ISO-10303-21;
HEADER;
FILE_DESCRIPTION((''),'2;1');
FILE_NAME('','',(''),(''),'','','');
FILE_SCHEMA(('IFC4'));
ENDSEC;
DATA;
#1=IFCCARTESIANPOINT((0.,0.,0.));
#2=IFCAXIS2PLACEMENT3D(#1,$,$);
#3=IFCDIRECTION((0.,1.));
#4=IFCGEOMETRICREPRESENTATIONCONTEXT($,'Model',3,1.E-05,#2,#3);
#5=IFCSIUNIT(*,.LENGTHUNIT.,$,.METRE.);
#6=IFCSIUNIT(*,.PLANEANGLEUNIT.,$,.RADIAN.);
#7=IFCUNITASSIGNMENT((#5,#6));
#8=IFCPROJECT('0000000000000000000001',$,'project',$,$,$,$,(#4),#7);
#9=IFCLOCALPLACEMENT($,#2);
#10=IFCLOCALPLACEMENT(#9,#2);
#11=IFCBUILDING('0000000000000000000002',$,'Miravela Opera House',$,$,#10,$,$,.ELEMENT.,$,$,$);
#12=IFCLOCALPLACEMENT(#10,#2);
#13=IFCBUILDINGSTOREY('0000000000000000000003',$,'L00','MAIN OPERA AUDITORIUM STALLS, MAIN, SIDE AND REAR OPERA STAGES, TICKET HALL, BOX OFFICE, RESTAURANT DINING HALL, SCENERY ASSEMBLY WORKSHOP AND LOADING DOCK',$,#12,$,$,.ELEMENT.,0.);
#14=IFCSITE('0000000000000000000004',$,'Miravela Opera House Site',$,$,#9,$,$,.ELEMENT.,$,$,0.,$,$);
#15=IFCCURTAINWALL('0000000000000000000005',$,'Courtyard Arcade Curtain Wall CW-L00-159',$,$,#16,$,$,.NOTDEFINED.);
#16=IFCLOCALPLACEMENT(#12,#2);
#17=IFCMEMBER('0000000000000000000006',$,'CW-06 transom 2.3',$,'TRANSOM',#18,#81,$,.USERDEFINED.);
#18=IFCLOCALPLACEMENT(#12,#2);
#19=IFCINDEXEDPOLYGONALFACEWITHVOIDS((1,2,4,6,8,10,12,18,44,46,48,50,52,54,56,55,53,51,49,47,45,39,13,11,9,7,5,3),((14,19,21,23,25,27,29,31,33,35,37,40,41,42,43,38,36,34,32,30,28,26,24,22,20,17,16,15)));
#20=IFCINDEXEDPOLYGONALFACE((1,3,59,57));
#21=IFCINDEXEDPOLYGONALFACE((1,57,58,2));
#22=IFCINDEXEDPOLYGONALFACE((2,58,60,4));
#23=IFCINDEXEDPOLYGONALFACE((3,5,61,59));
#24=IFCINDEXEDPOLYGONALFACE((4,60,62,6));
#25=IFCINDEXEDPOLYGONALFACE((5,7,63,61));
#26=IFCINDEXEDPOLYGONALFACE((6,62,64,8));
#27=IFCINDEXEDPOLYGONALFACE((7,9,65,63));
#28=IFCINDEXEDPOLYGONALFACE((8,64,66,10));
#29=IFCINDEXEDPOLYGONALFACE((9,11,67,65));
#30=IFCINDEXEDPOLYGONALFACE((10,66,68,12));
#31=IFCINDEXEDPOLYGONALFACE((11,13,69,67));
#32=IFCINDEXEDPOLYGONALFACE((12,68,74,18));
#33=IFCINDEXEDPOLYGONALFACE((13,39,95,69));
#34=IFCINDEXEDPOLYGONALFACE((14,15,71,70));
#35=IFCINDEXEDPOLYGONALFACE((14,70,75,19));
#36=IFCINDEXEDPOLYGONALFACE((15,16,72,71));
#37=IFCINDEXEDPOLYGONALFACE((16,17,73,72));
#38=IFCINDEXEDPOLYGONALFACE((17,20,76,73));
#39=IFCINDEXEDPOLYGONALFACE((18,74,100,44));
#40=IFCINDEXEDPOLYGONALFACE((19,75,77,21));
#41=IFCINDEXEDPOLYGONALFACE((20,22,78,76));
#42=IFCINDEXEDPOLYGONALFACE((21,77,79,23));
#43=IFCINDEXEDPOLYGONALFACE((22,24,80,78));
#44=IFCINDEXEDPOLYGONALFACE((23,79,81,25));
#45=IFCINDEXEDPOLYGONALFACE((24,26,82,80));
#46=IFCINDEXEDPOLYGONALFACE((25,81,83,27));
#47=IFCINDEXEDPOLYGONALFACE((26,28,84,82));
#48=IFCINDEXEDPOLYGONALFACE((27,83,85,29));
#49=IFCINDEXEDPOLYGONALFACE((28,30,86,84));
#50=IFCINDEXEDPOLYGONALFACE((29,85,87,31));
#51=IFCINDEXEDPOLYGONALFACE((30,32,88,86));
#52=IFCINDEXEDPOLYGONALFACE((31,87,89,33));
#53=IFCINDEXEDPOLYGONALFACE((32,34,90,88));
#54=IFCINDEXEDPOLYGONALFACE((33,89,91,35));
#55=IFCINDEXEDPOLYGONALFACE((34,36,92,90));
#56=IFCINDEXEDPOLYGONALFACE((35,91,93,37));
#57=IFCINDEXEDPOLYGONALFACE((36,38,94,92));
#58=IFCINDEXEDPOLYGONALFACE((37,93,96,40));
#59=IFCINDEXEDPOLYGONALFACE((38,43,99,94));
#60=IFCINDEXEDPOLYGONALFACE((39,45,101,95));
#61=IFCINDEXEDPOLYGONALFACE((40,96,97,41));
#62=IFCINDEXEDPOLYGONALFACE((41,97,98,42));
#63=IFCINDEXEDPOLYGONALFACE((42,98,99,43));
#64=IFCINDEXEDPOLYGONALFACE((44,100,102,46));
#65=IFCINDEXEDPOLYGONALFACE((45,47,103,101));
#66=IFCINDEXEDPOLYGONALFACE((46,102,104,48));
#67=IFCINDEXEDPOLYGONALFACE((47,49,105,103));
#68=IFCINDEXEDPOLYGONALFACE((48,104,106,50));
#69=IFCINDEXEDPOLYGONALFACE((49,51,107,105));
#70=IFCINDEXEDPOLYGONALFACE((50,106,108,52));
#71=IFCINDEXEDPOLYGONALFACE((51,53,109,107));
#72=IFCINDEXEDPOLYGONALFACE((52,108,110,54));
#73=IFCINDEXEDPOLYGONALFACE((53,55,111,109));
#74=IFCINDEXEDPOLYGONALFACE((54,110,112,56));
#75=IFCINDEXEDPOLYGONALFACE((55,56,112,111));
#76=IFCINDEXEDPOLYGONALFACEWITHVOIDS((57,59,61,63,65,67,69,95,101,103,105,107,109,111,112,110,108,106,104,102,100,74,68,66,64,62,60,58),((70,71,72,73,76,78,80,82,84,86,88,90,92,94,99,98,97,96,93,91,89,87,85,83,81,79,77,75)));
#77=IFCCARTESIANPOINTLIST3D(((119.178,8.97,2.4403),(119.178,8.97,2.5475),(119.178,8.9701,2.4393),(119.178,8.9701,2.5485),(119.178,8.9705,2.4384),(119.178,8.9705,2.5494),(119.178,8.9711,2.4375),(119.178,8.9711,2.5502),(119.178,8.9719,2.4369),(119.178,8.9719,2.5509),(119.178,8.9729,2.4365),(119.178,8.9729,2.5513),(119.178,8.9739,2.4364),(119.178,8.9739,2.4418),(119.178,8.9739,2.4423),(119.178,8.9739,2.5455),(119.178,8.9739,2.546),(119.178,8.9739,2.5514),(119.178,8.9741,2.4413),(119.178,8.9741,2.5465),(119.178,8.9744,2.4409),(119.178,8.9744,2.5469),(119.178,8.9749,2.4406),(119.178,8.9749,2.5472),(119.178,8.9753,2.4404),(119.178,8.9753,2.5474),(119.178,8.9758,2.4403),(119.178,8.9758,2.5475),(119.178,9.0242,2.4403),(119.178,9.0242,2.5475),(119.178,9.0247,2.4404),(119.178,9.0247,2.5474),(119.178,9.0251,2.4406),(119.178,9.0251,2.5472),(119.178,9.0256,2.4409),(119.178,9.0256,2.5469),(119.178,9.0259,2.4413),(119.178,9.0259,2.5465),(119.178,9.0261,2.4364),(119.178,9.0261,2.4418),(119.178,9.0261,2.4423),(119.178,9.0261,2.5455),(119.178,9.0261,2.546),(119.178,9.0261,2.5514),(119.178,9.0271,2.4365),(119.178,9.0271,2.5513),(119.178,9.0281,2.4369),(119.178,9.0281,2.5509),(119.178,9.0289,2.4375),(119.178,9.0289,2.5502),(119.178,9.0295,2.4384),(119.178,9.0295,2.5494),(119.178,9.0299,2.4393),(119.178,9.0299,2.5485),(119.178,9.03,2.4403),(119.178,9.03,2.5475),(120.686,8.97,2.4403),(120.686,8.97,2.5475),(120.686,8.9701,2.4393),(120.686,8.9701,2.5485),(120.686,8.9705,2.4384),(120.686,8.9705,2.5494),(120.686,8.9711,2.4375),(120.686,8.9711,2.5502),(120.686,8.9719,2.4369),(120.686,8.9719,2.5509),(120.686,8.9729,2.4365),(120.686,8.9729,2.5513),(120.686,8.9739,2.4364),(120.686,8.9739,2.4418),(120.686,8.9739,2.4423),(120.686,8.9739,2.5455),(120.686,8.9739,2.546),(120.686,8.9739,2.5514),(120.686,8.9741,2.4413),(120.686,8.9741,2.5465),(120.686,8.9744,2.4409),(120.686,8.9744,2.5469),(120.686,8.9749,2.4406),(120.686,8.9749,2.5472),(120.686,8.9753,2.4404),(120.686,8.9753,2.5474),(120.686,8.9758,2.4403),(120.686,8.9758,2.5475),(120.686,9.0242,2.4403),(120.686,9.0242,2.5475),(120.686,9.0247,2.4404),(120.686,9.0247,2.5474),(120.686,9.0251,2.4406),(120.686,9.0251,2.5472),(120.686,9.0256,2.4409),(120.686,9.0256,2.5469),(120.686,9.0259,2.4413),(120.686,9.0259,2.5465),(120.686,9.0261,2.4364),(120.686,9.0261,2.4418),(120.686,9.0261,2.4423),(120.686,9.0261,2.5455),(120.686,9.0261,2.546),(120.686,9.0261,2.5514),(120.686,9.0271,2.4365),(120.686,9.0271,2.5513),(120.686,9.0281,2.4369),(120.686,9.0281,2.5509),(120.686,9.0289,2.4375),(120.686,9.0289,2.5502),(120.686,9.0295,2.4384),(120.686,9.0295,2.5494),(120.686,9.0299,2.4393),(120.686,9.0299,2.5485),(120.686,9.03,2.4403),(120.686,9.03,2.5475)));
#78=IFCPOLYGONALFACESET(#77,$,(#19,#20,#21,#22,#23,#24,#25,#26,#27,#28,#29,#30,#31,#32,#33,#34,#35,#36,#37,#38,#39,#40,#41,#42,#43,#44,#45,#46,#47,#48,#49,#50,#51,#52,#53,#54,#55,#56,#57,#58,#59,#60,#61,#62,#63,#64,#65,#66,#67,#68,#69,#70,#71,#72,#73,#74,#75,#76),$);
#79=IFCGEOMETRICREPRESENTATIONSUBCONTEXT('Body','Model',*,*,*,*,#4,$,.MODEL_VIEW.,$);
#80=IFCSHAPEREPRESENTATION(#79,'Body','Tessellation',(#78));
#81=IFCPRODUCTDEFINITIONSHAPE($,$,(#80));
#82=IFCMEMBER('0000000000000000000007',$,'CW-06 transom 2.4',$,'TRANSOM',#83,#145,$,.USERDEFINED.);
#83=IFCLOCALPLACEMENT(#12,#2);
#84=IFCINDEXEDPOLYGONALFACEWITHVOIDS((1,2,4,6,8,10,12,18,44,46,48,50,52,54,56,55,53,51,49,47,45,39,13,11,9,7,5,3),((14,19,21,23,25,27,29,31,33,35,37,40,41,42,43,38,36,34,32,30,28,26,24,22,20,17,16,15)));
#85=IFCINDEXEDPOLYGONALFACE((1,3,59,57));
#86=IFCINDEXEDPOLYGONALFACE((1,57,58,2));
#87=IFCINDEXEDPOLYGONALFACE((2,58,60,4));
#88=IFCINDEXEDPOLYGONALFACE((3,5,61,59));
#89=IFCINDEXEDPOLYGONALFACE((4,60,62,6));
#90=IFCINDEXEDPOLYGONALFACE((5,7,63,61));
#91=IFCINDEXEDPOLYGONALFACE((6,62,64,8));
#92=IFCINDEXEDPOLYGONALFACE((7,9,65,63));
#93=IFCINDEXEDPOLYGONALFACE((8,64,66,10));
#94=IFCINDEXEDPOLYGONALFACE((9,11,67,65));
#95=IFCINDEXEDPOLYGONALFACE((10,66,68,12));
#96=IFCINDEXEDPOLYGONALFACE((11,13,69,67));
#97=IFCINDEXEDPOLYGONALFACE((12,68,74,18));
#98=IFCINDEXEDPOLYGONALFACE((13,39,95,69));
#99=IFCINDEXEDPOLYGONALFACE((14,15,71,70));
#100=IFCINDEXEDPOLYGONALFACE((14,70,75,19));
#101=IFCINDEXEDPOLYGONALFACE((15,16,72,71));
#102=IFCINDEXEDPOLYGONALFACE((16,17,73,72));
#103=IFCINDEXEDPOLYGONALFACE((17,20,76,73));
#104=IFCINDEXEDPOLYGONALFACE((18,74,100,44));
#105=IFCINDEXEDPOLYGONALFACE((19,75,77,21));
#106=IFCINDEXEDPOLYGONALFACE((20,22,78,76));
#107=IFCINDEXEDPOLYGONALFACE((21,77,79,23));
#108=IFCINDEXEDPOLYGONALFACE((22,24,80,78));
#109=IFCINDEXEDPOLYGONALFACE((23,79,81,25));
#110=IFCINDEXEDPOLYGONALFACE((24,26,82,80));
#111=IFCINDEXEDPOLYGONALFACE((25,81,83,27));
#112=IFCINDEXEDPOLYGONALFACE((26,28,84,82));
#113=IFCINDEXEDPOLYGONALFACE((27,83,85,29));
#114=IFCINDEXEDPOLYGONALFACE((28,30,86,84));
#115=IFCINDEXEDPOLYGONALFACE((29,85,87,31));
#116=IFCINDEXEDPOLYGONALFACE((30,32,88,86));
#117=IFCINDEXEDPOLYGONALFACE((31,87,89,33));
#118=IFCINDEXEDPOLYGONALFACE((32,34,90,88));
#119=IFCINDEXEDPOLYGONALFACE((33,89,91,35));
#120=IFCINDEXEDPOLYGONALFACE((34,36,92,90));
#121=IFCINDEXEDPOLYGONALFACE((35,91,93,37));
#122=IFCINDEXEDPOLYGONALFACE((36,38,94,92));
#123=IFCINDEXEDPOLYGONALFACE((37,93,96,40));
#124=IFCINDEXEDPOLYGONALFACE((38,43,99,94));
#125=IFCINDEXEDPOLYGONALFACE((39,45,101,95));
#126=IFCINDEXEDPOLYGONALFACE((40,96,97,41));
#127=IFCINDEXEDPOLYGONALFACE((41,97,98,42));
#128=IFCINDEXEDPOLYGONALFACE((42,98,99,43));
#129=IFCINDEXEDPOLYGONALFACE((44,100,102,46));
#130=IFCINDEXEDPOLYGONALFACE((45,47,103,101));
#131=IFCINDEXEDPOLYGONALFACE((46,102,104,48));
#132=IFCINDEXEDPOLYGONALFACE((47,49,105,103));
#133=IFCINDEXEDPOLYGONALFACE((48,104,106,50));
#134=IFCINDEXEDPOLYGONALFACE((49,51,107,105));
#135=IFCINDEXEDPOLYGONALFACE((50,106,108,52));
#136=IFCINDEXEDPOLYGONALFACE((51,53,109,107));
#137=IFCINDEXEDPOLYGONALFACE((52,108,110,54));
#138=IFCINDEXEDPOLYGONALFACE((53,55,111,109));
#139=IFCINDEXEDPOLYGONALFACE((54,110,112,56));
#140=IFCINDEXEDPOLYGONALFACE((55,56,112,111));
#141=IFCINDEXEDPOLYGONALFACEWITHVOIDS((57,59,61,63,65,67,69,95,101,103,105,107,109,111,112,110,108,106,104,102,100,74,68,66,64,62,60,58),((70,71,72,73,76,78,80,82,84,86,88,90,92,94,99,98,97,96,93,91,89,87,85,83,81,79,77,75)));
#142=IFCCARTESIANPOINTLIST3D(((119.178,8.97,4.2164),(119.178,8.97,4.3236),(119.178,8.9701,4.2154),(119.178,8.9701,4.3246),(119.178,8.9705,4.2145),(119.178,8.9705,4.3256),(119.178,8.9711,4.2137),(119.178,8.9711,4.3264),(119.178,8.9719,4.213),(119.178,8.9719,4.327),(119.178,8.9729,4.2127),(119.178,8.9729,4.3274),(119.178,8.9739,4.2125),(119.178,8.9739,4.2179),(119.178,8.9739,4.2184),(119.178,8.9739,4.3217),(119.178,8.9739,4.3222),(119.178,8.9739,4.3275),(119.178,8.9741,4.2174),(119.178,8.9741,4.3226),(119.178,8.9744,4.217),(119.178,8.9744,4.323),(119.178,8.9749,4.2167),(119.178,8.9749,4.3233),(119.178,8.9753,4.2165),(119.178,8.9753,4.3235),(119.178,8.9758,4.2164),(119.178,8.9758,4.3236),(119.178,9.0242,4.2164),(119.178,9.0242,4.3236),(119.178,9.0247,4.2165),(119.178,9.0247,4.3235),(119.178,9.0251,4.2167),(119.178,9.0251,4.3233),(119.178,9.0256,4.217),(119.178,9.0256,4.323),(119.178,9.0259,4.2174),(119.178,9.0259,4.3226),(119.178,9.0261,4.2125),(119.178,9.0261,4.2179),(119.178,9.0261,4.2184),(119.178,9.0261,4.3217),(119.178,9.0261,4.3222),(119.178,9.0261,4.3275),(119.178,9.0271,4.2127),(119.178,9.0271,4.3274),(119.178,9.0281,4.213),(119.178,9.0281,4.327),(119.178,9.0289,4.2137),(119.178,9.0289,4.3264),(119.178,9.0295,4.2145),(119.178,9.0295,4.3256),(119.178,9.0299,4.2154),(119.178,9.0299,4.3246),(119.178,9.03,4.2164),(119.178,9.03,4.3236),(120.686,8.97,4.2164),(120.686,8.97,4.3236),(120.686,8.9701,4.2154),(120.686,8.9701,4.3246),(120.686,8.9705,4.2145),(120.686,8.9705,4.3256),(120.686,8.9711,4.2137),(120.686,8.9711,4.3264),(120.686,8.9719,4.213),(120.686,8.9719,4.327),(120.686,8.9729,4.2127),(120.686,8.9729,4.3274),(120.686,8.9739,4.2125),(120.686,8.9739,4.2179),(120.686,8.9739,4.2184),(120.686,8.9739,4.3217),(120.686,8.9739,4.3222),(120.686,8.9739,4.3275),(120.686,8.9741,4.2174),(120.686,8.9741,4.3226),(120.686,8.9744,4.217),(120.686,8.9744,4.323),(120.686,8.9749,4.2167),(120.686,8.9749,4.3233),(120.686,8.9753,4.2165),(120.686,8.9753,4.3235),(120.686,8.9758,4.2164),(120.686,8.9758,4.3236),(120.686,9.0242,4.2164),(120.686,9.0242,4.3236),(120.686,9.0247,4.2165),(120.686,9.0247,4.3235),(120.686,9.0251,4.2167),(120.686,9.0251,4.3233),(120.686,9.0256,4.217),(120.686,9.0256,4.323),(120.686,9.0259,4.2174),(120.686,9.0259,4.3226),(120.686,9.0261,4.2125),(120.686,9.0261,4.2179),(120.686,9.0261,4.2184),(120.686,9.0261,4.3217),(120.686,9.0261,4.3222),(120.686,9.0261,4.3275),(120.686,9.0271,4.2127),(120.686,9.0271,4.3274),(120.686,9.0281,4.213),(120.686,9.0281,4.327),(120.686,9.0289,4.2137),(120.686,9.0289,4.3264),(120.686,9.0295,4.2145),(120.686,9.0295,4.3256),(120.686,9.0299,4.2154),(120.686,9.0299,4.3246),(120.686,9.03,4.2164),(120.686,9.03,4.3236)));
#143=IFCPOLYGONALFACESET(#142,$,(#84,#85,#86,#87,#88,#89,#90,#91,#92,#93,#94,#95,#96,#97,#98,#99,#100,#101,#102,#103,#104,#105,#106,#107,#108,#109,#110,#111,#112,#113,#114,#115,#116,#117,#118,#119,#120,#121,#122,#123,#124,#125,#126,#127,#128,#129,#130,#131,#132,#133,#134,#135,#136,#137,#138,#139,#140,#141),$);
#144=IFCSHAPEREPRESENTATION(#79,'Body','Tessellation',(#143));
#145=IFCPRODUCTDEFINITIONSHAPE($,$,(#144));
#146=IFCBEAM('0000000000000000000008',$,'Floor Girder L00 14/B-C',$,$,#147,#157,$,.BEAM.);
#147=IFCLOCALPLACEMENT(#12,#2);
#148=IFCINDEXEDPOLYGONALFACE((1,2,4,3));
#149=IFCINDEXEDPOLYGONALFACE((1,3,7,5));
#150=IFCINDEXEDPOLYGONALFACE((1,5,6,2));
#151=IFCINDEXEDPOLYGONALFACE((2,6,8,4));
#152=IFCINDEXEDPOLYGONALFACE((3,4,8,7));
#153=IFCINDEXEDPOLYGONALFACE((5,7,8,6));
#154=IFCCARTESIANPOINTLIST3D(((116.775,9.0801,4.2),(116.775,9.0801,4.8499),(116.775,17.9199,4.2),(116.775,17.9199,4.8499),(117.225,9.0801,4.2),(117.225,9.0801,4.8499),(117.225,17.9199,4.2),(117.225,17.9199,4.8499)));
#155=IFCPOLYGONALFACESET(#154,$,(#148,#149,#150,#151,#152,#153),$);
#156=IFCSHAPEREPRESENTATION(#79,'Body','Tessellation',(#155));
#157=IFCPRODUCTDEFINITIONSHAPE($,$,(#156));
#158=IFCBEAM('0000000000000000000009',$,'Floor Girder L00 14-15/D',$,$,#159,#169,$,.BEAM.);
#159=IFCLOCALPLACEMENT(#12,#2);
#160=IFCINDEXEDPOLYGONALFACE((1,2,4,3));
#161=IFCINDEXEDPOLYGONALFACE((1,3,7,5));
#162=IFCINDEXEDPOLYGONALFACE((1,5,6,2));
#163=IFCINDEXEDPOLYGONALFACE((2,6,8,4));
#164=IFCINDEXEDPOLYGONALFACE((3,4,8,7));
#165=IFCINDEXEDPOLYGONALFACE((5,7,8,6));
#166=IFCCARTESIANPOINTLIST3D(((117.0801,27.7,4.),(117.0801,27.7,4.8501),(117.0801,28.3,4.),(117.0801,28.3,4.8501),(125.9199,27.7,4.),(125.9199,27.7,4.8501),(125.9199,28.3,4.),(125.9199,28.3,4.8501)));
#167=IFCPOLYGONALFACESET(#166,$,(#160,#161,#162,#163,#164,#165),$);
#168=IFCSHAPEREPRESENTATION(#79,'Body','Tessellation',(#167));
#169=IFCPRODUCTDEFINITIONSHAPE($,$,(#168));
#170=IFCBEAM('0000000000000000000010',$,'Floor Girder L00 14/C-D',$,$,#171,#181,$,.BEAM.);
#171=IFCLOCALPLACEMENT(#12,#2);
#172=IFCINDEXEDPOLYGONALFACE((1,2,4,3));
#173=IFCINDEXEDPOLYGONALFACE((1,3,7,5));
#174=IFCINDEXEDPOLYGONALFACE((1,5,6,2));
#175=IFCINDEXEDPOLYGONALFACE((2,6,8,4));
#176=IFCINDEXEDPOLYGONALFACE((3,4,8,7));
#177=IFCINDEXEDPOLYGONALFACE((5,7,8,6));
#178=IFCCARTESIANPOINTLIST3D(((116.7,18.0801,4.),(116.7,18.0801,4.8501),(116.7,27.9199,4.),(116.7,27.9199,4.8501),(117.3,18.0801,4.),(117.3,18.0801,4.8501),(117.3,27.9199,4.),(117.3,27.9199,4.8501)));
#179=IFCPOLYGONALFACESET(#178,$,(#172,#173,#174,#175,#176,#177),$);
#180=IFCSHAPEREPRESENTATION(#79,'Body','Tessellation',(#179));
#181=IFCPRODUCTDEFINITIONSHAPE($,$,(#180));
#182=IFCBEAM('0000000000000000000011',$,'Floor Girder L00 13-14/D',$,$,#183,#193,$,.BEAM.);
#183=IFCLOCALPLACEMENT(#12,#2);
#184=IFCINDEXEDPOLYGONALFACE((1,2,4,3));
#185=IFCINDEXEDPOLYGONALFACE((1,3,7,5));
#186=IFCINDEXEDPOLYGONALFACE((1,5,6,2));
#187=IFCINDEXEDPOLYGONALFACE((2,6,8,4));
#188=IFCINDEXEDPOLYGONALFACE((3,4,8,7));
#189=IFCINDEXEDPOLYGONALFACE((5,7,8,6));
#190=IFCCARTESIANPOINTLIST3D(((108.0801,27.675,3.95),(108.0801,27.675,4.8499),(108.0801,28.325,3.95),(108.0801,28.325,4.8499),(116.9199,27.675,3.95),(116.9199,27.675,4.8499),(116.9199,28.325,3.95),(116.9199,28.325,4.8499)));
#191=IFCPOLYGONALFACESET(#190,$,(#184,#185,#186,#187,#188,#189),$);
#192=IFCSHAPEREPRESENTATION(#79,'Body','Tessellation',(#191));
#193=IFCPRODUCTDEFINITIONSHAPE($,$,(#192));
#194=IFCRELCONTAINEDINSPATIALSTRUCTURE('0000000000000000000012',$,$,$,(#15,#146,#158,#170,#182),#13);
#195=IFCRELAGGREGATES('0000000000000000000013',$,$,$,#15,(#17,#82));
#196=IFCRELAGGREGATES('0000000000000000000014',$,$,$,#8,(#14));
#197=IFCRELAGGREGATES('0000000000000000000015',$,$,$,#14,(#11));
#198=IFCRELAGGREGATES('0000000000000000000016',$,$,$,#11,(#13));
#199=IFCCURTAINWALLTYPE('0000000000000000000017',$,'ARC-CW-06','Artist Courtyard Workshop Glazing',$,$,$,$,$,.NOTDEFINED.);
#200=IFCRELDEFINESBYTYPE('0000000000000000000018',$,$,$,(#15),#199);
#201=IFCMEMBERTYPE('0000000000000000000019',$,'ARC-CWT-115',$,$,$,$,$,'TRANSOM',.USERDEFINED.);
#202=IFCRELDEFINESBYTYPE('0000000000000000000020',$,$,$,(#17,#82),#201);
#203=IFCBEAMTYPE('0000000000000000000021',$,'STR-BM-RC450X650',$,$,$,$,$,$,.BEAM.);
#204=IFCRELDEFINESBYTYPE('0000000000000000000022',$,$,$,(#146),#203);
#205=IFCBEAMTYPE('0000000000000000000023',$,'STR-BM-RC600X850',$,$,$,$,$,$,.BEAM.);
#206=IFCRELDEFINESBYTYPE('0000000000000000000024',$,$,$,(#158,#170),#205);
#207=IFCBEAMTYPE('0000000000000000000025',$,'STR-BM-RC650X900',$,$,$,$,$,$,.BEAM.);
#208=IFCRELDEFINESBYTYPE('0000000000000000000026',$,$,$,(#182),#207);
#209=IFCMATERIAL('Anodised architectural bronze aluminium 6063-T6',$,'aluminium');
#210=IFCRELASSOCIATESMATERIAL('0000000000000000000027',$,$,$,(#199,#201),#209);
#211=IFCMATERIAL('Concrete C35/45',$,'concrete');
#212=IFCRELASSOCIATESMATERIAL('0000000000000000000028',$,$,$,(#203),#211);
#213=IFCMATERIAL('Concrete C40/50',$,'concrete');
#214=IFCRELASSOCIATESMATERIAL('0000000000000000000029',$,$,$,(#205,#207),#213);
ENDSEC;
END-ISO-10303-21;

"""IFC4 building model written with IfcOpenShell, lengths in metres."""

from ifc_helpers import new_model, si_unit, direction, frame, origin, origin_2d, place, context, subcontext, project, spatial, rectangle, hollow_rectangle, extrude, material, material_profile, profile_set, type_object, element, aggregate, save


model = new_model("IFC4")

# Units and contexts
model_context = context("Model", 3, precision=1e-05, world=origin(), true_north=direction((0.0, 1.0)))
body_context = subcontext(model_context, "Body", "Model", "MODEL_VIEW")
ifc_project = project(units=[si_unit("LENGTHUNIT", "METRE"), si_unit("PLANEANGLEUNIT", "RADIAN")], contexts=[model_context])

# Site, building, storey
site_placement = place(None, origin())
site = spatial("IfcSite", under=ifc_project, at=site_placement, Name="Miravela Opera House Site", CompositionType="ELEMENT", RefElevation=0.0)
building_placement = place(site_placement, origin())
building = spatial("IfcBuilding", under=site, at=building_placement, Name="Miravela Opera House", CompositionType="ELEMENT")
storey_placement = place(building_placement, origin())
storey = spatial("IfcBuildingStorey", under=building, at=storey_placement, Name="L00", Description="MAIN OPERA AUDITORIUM STALLS, MAIN, SIDE AND REAR OPERA STAGES, TICKET HALL, BOX OFFICE, RESTAURANT DINING HALL, SCENERY ASSEMBLY WORKSHOP AND LOADING DOCK", CompositionType="ELEMENT", Elevation=0.0)

# Shared definitions
ifc_material_1 = material(Name="Concrete C35/45", Category="concrete")

# Curtain wall, members
ifc_material_2 = material(Name="Anodised architectural bronze aluminium 6063-T6", Category="aluminium")
curtain_wall_type = type_object("IfcCurtainWallType", Name="ARC-CW-06", Description="Artist Courtyard Workshop Glazing", PredefinedType="NOTDEFINED", material=ifc_material_2)
ifc_material_profile_1 = material_profile(ifc_material_2, hollow_rectangle(XDim=0.0601, YDim=0.115, WallThickness=0.0039, InnerFilletRadius=0.002, OuterFilletRadius=0.0039, at=origin_2d()), Name="CWT-60X115")
ifc_profile_set_1 = profile_set([ifc_material_profile_1])
member_type_1 = type_object("IfcMemberType", Name="ARC-CWT-115", ElementType="TRANSOM", PredefinedType="USERDEFINED", material=ifc_profile_set_1)
curtain_wall_1_placement = place(storey_placement, origin())
curtain_wall_1 = element("IfcCurtainWall", 1, at=curtain_wall_1_placement, inside=storey, type_object=curtain_wall_type, Name="Courtyard Arcade Curtain Wall CW-L00-159", PredefinedType="NOTDEFINED")
member_1_placement = place(storey_placement, frame((119.178, 9.0, 2.4939), z_axis=(1.0, 0.0, 0.0), x_axis=(0.0, 1.0, 0.0)))
member_1 = element("IfcMember", 2, at=member_1_placement, type_object=member_type_1, Name="CW-06 transom 2.3", ObjectType="TRANSOM", PredefinedType="USERDEFINED", context=body_context, shape_type="SweptSolid", body=[
    extrude(hollow_rectangle(XDim=0.0601, YDim=0.115, WallThickness=0.0039, InnerFilletRadius=0.002, OuterFilletRadius=0.0039, at=origin_2d()), origin(), (0.0, 0.0, 1.0), 1.5081),
])
member_2_placement = place(storey_placement, frame((119.178, 9.0, 4.27), z_axis=(1.0, 0.0, 0.0), x_axis=(0.0, 1.0, 0.0)))
member_2 = element("IfcMember", 3, at=member_2_placement, type_object=member_type_1, Name="CW-06 transom 2.4", ObjectType="TRANSOM", PredefinedType="USERDEFINED", context=body_context, shape_type="SweptSolid", body=[
    extrude(hollow_rectangle(XDim=0.0601, YDim=0.115, WallThickness=0.0039, InnerFilletRadius=0.002, OuterFilletRadius=0.0039, at=origin_2d()), origin(), (0.0, 0.0, 1.0), 1.5081),
])

# Beams
ifc_material_profile_2 = material_profile(ifc_material_1, rectangle(XDim=0.45, YDim=0.6499, at=origin_2d()), Name="RC-BM-450X650")
ifc_profile_set_2 = profile_set([ifc_material_profile_2])
beam_type_1 = type_object("IfcBeamType", Name="STR-BM-RC450X650", PredefinedType="BEAM", material=ifc_profile_set_2)
beam_1_placement = place(storey_placement, frame((117.0, 9.0801, 4.5249), z_axis=(0.0, 1.0, 0.0), x_axis=(-1.0, 0.0, 0.0)))
element("IfcBeam", 4, at=beam_1_placement, inside=storey, type_object=beam_type_1, Name="Floor Girder L00 14/B-C", PredefinedType="BEAM", context=body_context, shape_type="SweptSolid", body=[
    extrude(rectangle(XDim=0.45, YDim=0.6499, at=origin_2d()), origin(), (0.0, 0.0, 1.0), 8.8398),
])
ifc_material_3 = material(Name="Concrete C40/50", Category="concrete")
ifc_material_profile_3 = material_profile(ifc_material_3, rectangle(XDim=0.6001, YDim=0.8501, at=origin_2d()), Name="RC-BM-600X850")
ifc_profile_set_3 = profile_set([ifc_material_profile_3])
beam_type_2 = type_object("IfcBeamType", Name="STR-BM-RC600X850", PredefinedType="BEAM", material=ifc_profile_set_3)
beam_2_placement = place(storey_placement, frame((117.0801, 28.0, 4.425), z_axis=(1.0, 0.0, 0.0), x_axis=(0.0, 1.0, 0.0)))
element("IfcBeam", 5, at=beam_2_placement, inside=storey, type_object=beam_type_2, Name="Floor Girder L00 14-15/D", PredefinedType="BEAM", context=body_context, shape_type="SweptSolid", body=[
    extrude(rectangle(XDim=0.6001, YDim=0.8501, at=origin_2d()), origin(), (0.0, 0.0, 1.0), 8.8398),
])
beam_3_placement = place(storey_placement, frame((117.0, 18.0801, 4.425), z_axis=(0.0, 1.0, 0.0), x_axis=(-1.0, 0.0, 0.0)))
element("IfcBeam", 6, at=beam_3_placement, inside=storey, type_object=beam_type_2, Name="Floor Girder L00 14/C-D", PredefinedType="BEAM", context=body_context, shape_type="SweptSolid", body=[
    extrude(rectangle(XDim=0.6001, YDim=0.8501, at=origin_2d()), origin(), (0.0, 0.0, 1.0), 9.8398),
])
ifc_material_profile_4 = material_profile(ifc_material_3, rectangle(XDim=0.6499, YDim=0.8999, at=origin_2d()), Name="RC-BM-650X900")
ifc_profile_set_4 = profile_set([ifc_material_profile_4])
beam_type_3 = type_object("IfcBeamType", Name="STR-BM-RC650X900", PredefinedType="BEAM", material=ifc_profile_set_4)
beam_4_placement = place(storey_placement, frame((108.0801, 28.0, 4.3999), z_axis=(1.0, 0.0, 0.0), x_axis=(0.0, 1.0, 0.0)))
element("IfcBeam", 7, at=beam_4_placement, inside=storey, type_object=beam_type_3, Name="Floor Girder L00 13-14/D", PredefinedType="BEAM", context=body_context, shape_type="SweptSolid", body=[
    extrude(rectangle(XDim=0.6499, YDim=0.8999, at=origin_2d()), origin(), (0.0, 0.0, 1.0), 8.8398),
])

aggregate(curtain_wall_1, [member_1, member_2])

save(model, "model.ifc")
